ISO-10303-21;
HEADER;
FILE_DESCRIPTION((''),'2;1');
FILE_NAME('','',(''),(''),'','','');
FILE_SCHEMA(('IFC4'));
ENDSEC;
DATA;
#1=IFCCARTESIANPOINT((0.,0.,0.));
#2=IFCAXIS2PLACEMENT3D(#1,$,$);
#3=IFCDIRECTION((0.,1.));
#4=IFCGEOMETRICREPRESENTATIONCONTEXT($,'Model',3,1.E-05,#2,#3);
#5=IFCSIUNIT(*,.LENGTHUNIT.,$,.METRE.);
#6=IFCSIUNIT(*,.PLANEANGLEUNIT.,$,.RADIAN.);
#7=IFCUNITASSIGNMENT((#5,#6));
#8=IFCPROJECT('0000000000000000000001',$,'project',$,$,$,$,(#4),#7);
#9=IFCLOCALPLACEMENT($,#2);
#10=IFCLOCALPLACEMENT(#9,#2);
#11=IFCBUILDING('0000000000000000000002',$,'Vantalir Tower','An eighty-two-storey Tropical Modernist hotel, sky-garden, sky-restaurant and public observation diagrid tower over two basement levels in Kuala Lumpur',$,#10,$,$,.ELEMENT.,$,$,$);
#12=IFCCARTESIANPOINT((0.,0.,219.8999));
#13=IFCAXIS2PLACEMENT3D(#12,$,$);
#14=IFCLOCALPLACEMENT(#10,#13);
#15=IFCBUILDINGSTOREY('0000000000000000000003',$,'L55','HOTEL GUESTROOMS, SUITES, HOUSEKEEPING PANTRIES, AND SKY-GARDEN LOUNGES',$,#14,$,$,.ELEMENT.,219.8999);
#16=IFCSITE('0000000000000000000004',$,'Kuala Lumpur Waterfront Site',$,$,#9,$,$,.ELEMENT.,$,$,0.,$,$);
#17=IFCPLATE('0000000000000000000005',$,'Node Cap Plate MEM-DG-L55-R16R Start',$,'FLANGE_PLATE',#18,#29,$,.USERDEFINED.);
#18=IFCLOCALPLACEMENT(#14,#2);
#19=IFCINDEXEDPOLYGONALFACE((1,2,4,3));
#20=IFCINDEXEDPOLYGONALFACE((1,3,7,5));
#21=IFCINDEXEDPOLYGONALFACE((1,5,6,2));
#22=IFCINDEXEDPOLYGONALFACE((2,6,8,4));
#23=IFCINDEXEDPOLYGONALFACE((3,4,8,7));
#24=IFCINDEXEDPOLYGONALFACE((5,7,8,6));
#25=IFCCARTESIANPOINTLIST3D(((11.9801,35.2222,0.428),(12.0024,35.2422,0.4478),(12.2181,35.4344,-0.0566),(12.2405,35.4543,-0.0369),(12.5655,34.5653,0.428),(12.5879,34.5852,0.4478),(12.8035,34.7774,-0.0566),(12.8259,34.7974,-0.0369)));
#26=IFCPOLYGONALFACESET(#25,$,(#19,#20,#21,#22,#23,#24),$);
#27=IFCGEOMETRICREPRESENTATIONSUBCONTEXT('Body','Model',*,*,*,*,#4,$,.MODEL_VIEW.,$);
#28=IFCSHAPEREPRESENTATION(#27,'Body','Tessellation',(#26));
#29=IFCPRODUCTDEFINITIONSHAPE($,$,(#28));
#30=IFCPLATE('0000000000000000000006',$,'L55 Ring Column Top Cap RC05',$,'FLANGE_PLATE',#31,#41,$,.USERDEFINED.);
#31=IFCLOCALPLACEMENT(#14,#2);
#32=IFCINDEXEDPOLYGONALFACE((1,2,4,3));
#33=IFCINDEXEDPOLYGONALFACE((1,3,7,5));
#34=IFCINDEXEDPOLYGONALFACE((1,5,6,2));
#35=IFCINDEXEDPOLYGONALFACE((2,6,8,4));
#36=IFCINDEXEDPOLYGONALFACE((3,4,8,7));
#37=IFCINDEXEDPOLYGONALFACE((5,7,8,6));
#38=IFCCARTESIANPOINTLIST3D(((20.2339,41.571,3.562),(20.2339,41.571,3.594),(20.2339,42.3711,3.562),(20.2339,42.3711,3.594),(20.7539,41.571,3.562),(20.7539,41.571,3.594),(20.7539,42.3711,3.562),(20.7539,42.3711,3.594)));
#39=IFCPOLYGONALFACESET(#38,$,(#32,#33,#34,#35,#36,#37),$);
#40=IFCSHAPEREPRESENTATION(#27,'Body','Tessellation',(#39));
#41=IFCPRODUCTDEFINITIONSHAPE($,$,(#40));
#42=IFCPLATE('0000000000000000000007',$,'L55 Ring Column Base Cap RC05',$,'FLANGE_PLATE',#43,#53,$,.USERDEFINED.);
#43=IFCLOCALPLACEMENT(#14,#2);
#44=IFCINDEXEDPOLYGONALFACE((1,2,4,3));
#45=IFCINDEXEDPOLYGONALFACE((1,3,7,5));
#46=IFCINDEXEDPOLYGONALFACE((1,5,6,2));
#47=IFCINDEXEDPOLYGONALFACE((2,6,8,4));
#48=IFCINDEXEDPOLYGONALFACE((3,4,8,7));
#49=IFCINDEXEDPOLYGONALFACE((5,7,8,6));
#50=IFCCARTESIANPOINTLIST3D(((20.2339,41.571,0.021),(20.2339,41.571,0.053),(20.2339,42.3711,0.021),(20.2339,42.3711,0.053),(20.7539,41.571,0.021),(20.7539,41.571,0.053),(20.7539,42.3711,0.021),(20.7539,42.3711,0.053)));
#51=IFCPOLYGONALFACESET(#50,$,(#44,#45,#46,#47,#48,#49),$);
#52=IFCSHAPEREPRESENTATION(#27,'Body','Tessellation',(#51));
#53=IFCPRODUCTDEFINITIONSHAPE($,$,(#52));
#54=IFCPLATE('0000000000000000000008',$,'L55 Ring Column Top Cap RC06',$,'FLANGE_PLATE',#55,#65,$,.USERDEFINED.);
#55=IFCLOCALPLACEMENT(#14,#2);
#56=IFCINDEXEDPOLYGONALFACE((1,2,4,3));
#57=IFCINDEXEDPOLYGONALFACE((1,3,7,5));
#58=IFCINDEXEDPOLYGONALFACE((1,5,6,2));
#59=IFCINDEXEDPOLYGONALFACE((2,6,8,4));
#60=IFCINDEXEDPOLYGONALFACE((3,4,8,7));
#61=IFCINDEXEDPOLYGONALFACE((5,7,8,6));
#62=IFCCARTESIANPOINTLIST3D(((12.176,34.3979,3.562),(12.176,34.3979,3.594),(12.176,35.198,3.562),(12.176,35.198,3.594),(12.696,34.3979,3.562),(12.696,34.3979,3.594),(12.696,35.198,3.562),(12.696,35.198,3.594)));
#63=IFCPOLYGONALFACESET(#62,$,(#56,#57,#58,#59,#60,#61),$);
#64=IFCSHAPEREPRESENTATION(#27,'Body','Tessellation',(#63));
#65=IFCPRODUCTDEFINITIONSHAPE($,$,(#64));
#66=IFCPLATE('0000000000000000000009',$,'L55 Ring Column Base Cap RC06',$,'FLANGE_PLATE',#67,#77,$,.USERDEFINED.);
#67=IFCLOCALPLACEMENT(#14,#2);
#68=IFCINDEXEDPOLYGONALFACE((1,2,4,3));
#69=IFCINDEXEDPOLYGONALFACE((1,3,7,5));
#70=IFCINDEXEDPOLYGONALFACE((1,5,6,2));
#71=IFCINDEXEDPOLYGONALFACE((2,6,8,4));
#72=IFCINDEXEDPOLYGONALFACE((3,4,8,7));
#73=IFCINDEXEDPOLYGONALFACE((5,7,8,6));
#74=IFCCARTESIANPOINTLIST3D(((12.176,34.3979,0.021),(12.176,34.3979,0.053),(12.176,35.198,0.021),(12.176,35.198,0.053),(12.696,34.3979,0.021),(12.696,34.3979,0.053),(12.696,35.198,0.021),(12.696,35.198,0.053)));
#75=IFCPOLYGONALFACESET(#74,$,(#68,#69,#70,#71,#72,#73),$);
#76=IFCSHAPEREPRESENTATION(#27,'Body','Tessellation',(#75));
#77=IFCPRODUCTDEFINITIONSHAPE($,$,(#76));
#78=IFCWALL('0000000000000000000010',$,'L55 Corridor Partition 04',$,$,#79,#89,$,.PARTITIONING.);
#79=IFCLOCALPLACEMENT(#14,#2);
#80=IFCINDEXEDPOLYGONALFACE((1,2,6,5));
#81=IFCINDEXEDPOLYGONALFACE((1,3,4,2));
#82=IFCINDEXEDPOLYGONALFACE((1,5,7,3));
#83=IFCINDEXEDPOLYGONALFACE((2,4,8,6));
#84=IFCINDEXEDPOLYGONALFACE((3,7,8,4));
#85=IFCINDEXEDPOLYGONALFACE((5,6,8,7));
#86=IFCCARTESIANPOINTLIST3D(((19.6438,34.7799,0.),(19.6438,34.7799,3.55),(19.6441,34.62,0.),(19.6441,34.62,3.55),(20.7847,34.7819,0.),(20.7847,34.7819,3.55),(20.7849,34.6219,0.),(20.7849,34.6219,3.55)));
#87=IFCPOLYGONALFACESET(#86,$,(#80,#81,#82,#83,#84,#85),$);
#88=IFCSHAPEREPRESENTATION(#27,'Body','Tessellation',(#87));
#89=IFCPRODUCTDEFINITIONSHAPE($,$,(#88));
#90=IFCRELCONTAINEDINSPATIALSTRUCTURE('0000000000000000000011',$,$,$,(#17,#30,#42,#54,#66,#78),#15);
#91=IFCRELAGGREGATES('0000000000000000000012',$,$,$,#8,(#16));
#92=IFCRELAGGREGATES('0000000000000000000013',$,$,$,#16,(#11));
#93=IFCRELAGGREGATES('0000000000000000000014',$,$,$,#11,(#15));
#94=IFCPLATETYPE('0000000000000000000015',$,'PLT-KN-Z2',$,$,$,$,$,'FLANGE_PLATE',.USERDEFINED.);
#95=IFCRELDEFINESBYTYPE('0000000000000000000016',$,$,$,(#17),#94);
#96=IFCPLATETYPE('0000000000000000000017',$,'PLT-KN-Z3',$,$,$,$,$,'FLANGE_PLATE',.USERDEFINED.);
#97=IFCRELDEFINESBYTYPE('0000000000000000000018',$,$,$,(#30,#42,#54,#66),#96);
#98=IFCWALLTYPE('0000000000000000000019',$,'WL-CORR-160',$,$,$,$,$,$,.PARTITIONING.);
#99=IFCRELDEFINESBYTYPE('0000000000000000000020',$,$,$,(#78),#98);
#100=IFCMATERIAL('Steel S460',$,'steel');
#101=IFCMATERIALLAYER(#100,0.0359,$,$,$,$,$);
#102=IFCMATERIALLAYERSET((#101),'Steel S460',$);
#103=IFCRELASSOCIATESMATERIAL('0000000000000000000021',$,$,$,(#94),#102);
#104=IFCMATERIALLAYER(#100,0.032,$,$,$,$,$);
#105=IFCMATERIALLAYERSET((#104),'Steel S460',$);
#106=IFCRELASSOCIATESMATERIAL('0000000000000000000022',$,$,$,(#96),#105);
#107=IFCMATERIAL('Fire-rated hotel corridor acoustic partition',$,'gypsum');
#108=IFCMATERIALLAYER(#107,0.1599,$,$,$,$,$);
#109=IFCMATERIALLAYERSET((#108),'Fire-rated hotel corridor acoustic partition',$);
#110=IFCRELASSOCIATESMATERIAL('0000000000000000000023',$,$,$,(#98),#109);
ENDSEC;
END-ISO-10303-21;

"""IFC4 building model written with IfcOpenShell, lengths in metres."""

from ifc_helpers import new_model, si_unit, direction, frame, frame_2d, origin, place, context, subcontext, project, spatial, polyline, rectangle, outline, extrude, material, layer, layer_set, type_object, element, save


model = new_model("IFC4")

# Units and contexts
model_context = context("Model", 3, precision=1e-05, world=origin(), true_north=direction((0.0, 1.0)))
body_context = subcontext(model_context, "Body", "Model", "MODEL_VIEW")
ifc_project = project(units=[si_unit("LENGTHUNIT", "METRE"), si_unit("PLANEANGLEUNIT", "RADIAN")], contexts=[model_context])

# Site, building, storey
site_placement = place(None, origin())
site = spatial("IfcSite", under=ifc_project, at=site_placement, Name="Kuala Lumpur Waterfront Site", CompositionType="ELEMENT", RefElevation=0.0)
building_placement = place(site_placement, origin())
building = spatial("IfcBuilding", under=site, at=building_placement, Name="Vantalir Tower", Description="An eighty-two-storey Tropical Modernist hotel, sky-garden, sky-restaurant and public observation diagrid tower over two basement levels in Kuala Lumpur", CompositionType="ELEMENT")
storey_placement = place(building_placement, frame((0.0, 0.0, 219.8999)))
storey = spatial("IfcBuildingStorey", under=building, at=storey_placement, Name="L55", Description="HOTEL GUESTROOMS, SUITES, HOUSEKEEPING PANTRIES, AND SKY-GARDEN LOUNGES", CompositionType="ELEMENT", Elevation=219.8999)

# Shared definitions
ifc_material_1 = material(Name="Steel S460", Category="steel")

# Plates
ifc_layer_1 = layer(ifc_material_1, 0.0359)
ifc_layer_set_1 = layer_set([ifc_layer_1], Name="Steel S460")
plate_type_1 = type_object("IfcPlateType", Name="PLT-KN-Z2", ElementType="FLANGE_PLATE", PredefinedType="USERDEFINED", material=ifc_layer_set_1)
plate_1_placement = place(storey_placement, frame((12.8259, 34.7974, -0.0369), z_axis=(0.623688, 0.55578, 0.549657), x_axis=(-0.665293, 0.746582, 0.0)))
element("IfcPlate", 1, at=plate_1_placement, inside=storey, type_object=plate_type_1, Name="Node Cap Plate MEM-DG-L55-R16R Start", ObjectType="FLANGE_PLATE", PredefinedType="USERDEFINED", context=body_context, shape_type="SweptSolid", body=[
    extrude(outline(polyline([(0.0, 0.0), (0.88, 0.0), (0.88, 0.5801), (0.0, 0.5801), (0.0, 0.0)])), origin(), (0.0, 0.0, -1.0), 0.0359),
])
ifc_layer_2 = layer(ifc_material_1, 0.032)
ifc_layer_set_2 = layer_set([ifc_layer_2], Name="Steel S460")
plate_type_2 = type_object("IfcPlateType", Name="PLT-KN-Z3", ElementType="FLANGE_PLATE", PredefinedType="USERDEFINED", material=ifc_layer_set_2)
for number, where, z_axis, x_axis, name in (
    (2, (20.2339, 42.3711, 3.594), (0.0, 0.0, 1.0), (0.0, -1.0, 0.0), "L55 Ring Column Top Cap RC05"),
    (3, (20.2339, 42.3711, 0.053), (0.0, 0.0, 1.0), (0.0, -1.0, 0.0), "L55 Ring Column Base Cap RC05"),
    (4, (12.176, 35.198, 3.594), (0.0, 0.0, 1.0), (0.0, -1.0, 0.0), "L55 Ring Column Top Cap RC06"),
    (5, (12.176, 35.198, 0.053), (0.0, 0.0, 1.0), (0.0, -1.0, 0.0), "L55 Ring Column Base Cap RC06"),
):
    element("IfcPlate", number, at=place(storey_placement, frame(where, z_axis=z_axis, x_axis=x_axis)), inside=storey, type_object=plate_type_2, Name=name, ObjectType="FLANGE_PLATE", PredefinedType="USERDEFINED", context=body_context, shape_type="SweptSolid", body=[
        extrude(outline(polyline([(0.0, 0.0), (0.8, 0.0), (0.8, 0.52), (0.0, 0.52), (0.0, 0.0)])), origin(), (0.0, 0.0, -1.0), 0.032),
    ])

# Wall
ifc_material_2 = material(Name="Fire-rated hotel corridor acoustic partition", Category="gypsum")
ifc_layer_3 = layer(ifc_material_2, 0.1599)
ifc_layer_set_3 = layer_set([ifc_layer_3], Name="Fire-rated hotel corridor acoustic partition")
wall_type = type_object("IfcWallType", Name="WL-CORR-160", PredefinedType="PARTITIONING", material=ifc_layer_set_3)
wall_placement = place(storey_placement, frame((19.644, 34.7, 0.0), z_axis=(0.0, 0.0, 1.0), x_axis=(0.999999, 0.001712, 0.0)))
element("IfcWall", 6, at=wall_placement, inside=storey, type_object=wall_type, Name="L55 Corridor Partition 04", PredefinedType="PARTITIONING", context=body_context, shape_type="SweptSolid", body=[
    extrude(rectangle(XDim=1.1409, YDim=0.1599, at=frame_2d((0.5703, 0.0))), origin(), (0.0, 0.0, 1.0), 3.55),
])

save(model, "model.ifc")
